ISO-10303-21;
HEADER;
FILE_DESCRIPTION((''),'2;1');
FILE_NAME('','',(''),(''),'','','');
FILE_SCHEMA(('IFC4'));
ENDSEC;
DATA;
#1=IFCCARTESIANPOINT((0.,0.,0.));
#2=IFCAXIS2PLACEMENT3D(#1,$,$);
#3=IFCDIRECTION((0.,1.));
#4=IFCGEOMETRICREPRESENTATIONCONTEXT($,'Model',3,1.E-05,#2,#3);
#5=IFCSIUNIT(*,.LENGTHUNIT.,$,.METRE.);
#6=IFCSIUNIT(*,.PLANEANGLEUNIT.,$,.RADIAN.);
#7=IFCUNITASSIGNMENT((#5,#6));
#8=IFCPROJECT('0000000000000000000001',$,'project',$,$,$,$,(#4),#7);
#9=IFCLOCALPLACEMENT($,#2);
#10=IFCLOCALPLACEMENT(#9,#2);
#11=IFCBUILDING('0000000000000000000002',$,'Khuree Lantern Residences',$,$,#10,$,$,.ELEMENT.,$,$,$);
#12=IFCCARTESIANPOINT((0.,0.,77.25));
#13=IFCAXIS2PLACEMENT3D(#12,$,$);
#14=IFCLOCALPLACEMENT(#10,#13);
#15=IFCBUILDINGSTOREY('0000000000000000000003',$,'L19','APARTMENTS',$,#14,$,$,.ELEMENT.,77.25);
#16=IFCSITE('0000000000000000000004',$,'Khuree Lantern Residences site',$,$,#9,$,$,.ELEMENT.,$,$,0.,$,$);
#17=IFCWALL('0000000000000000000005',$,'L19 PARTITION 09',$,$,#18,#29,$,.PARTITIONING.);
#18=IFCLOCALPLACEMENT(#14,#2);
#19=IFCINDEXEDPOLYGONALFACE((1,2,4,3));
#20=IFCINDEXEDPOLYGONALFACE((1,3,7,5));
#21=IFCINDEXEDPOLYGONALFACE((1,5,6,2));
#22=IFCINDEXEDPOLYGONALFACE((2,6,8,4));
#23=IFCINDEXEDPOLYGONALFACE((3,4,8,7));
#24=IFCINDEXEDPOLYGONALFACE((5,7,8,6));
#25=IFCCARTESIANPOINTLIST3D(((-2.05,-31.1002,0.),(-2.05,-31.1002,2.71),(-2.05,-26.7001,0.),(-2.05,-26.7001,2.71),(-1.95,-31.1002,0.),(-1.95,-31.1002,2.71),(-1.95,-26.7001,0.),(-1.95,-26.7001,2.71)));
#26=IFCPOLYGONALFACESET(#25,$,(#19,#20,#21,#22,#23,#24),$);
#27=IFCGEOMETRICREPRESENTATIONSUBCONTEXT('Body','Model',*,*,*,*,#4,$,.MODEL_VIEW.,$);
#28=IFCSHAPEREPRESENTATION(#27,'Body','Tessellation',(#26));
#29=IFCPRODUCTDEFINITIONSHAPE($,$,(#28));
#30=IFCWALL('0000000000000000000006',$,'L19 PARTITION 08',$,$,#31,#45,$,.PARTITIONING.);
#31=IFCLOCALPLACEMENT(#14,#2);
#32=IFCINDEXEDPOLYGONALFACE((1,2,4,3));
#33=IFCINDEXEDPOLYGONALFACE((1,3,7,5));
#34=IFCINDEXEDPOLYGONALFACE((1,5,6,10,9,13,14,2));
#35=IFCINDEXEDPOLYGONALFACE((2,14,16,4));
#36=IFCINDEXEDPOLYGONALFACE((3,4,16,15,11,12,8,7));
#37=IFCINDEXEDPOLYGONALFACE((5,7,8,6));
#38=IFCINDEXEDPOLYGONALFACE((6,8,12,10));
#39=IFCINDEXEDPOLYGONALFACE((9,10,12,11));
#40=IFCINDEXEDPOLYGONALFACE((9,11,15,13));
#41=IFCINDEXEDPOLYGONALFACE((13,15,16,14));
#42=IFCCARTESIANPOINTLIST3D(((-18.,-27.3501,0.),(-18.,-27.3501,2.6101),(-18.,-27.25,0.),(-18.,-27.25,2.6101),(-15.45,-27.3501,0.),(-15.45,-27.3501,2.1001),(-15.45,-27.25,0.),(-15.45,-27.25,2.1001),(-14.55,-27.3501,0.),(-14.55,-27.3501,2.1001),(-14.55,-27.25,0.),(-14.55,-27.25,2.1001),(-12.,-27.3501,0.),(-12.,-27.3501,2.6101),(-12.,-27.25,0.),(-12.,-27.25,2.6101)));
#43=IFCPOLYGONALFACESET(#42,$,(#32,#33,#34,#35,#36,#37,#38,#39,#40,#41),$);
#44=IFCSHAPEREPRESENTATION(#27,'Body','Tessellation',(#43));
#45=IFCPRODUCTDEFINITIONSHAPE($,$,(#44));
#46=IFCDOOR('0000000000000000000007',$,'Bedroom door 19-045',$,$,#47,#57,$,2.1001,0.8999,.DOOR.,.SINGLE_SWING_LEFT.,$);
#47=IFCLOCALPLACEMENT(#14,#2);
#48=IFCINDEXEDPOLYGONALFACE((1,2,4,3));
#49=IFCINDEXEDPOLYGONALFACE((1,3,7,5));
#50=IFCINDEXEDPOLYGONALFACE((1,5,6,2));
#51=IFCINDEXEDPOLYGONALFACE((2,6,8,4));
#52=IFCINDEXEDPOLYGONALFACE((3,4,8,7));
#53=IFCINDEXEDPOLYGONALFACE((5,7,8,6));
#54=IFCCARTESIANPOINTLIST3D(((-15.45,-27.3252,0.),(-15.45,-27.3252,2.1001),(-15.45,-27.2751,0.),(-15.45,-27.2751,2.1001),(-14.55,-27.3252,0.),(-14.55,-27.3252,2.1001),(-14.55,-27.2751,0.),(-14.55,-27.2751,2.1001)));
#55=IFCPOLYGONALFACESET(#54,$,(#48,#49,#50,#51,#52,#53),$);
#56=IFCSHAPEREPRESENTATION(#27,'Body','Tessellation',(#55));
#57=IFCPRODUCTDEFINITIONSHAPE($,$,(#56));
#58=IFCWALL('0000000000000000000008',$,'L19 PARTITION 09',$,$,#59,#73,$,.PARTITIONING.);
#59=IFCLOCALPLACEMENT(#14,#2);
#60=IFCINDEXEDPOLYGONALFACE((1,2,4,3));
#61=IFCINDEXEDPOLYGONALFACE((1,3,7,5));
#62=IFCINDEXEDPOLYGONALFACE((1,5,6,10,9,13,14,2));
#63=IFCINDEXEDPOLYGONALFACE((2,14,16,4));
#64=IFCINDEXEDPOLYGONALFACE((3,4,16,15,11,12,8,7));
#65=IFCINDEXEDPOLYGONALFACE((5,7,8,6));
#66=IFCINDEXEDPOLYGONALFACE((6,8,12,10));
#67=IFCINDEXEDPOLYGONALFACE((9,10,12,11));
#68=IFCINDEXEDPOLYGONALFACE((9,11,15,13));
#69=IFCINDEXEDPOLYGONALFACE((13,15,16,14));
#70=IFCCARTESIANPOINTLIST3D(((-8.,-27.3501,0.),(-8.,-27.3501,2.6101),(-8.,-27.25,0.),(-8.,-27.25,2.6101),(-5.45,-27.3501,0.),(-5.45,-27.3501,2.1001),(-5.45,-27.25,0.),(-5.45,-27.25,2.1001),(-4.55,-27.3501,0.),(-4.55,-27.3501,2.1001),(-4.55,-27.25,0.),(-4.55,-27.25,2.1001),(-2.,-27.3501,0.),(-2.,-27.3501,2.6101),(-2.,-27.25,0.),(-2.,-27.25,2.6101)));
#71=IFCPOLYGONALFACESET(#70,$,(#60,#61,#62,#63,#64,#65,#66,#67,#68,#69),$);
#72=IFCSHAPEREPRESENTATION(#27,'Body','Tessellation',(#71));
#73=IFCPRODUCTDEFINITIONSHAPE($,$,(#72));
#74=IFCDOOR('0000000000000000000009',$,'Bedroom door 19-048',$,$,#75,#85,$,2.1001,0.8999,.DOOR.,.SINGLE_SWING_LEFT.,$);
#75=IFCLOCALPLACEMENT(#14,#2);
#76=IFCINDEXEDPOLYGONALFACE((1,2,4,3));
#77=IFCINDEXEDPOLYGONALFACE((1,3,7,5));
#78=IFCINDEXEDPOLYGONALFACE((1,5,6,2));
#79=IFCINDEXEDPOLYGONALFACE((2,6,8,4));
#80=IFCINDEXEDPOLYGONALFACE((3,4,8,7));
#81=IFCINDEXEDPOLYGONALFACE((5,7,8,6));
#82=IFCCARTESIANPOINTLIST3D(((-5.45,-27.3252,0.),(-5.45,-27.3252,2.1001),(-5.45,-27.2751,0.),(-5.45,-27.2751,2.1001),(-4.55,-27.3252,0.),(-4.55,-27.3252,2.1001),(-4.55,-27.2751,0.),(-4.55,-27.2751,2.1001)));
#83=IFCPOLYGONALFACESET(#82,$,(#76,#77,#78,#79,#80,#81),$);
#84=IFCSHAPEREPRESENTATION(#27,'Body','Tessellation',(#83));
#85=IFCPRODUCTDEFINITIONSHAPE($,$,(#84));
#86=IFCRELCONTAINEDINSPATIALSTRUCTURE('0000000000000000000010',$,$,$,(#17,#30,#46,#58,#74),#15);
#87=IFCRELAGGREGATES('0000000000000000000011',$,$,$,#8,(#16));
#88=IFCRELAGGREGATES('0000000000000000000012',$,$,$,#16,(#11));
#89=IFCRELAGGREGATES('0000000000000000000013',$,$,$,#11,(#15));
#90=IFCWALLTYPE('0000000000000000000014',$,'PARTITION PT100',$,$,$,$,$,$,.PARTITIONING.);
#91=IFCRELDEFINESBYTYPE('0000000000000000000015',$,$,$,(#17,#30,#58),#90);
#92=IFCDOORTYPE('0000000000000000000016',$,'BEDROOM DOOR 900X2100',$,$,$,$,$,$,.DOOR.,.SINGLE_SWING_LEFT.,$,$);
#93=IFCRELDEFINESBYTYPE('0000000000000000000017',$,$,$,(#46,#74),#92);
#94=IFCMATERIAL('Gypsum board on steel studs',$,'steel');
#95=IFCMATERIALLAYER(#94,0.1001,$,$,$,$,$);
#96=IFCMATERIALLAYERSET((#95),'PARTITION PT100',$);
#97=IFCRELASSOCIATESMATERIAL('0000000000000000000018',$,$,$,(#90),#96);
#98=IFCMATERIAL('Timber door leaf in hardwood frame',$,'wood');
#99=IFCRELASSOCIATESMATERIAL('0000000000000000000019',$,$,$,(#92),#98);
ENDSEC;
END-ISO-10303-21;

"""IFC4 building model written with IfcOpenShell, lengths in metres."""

from ifc_helpers import new_model, si_unit, direction, frame, frame_2d, origin, place, context, subcontext, project, spatial, rectangle, extrude, material, layer, layer_set, type_object, element, fill, save


model = new_model("IFC4")

# Units and contexts
model_context = context("Model", 3, precision=1e-05, world=origin(), true_north=direction((0.0, 1.0)))
body_context = subcontext(model_context, "Body", "Model", "MODEL_VIEW")
ifc_project = project(units=[si_unit("LENGTHUNIT", "METRE"), si_unit("PLANEANGLEUNIT", "RADIAN")], contexts=[model_context])

# Site, building, storey
site_placement = place(None, origin())
site = spatial("IfcSite", under=ifc_project, at=site_placement, Name="Khuree Lantern Residences site", CompositionType="ELEMENT", RefElevation=0.0)
building_placement = place(site_placement, origin())
building = spatial("IfcBuilding", under=site, at=building_placement, Name="Khuree Lantern Residences", CompositionType="ELEMENT")
storey_placement = place(building_placement, frame((0.0, 0.0, 77.25)))
storey = spatial("IfcBuildingStorey", under=building, at=storey_placement, Name="L19", Description="APARTMENTS", CompositionType="ELEMENT", Elevation=77.25)

# Shared definitions
ifc_material_1 = material(Name="Timber door leaf in hardwood frame", Category="wood")

# Shared definitions
ifc_material_2 = material(Name="Gypsum board on steel studs", Category="steel")

# Wall
ifc_layer_1 = layer(ifc_material_2, 0.1001)
ifc_layer_set_1 = layer_set([ifc_layer_1], Name="PARTITION PT100")
wall_type_1 = type_object("IfcWallType", Name="PARTITION PT100", PredefinedType="PARTITIONING", material=ifc_layer_set_1)
for number, where, z_axis, x_axis, name in (
    (1, (-2.0, -26.7, 0.0), (0.0, 0.0, 1.0), (0.0, -1.0, 0.0), "L19 PARTITION 09"),
):
    element("IfcWall", number, at=place(storey_placement, frame(where, z_axis=z_axis, x_axis=x_axis)), inside=storey, type_object=wall_type_1, Name=name, PredefinedType="PARTITIONING", context=body_context, shape_type="SweptSolid", body=[
        extrude(rectangle(XDim=4.4001, YDim=0.1001, at=frame_2d((2.2002, 0.0))), origin(), (0.0, 0.0, 1.0), 2.71),
    ])

# Walls, openings, doors
wall_1_placement = place(storey_placement, frame((-18.0, -27.3, 0.0), z_axis=(0.0, 0.0, 1.0), x_axis=(1.0, 0.0, 0.0)))
wall_1 = element("IfcWall", 2, at=wall_1_placement, inside=storey, type_object=wall_type_1, Name="L19 PARTITION 08", PredefinedType="PARTITIONING", context=body_context, shape_type="SweptSolid", body=[
    extrude(rectangle(XDim=6.0, YDim=0.1001, at=frame_2d((3.0, 0.0))), origin(), (0.0, 0.0, 1.0), 2.6101),
])
opening_1_placement = place(wall_1_placement, frame((2.55, 0.0, 0.0)))
opening_1 = element("IfcOpeningElement", 3, at=opening_1_placement, cuts=wall_1, PredefinedType="OPENING", context=body_context, shape_type="SweptSolid", body=[
    extrude(rectangle(XDim=0.8999, YDim=2.1001, at=frame_2d((0.45, 1.05))), frame((0.0, 0.0601, 0.0), z_axis=(0.0, -1.0, 0.0), x_axis=(1.0, 0.0, 0.0)), (0.0, 0.0, 1.0), 0.1201),
])
door_type_1 = type_object("IfcDoorType", Name="BEDROOM DOOR 900X2100", OperationType="SINGLE_SWING_LEFT", PredefinedType="DOOR", material=ifc_material_1)
door_1_placement = place(opening_1_placement, origin())
door_1 = element("IfcDoor", 4, at=door_1_placement, inside=storey, type_object=door_type_1, Name="Bedroom door 19-045", OperationType="SINGLE_SWING_LEFT", OverallHeight=2.1001, OverallWidth=0.8999, PredefinedType="DOOR", context=body_context, shape_type="SweptSolid", body=[
    extrude(rectangle(XDim=0.8999, YDim=2.1001, at=frame_2d((0.45, 1.05))), frame((0.0, 0.0249, 0.0), z_axis=(0.0, -1.0, 0.0), x_axis=(1.0, 0.0, 0.0)), (0.0, 0.0, 1.0), 0.05),
])
fill(opening_1, door_1)
wall_2_placement = place(storey_placement, frame((-8.0, -27.3, 0.0), z_axis=(0.0, 0.0, 1.0), x_axis=(1.0, 0.0, 0.0)))
wall_2 = element("IfcWall", 5, at=wall_2_placement, inside=storey, type_object=wall_type_1, Name="L19 PARTITION 09", PredefinedType="PARTITIONING", context=body_context, shape_type="SweptSolid", body=[
    extrude(rectangle(XDim=6.0, YDim=0.1001, at=frame_2d((3.0, 0.0))), origin(), (0.0, 0.0, 1.0), 2.6101),
])
opening_2_placement = place(wall_2_placement, frame((2.55, 0.0, 0.0)))
opening_2 = element("IfcOpeningElement", 6, at=opening_2_placement, cuts=wall_2, PredefinedType="OPENING", context=body_context, shape_type="SweptSolid", body=[
    extrude(rectangle(XDim=0.8999, YDim=2.1001, at=frame_2d((0.45, 1.05))), frame((0.0, 0.0601, 0.0), z_axis=(0.0, -1.0, 0.0), x_axis=(1.0, 0.0, 0.0)), (0.0, 0.0, 1.0), 0.1201),
])
door_2_placement = place(opening_2_placement, origin())
door_2 = element("IfcDoor", 7, at=door_2_placement, inside=storey, type_object=door_type_1, Name="Bedroom door 19-048", OperationType="SINGLE_SWING_LEFT", OverallHeight=2.1001, OverallWidth=0.8999, PredefinedType="DOOR", context=body_context, shape_type="SweptSolid", body=[
    extrude(rectangle(XDim=0.8999, YDim=2.1001, at=frame_2d((0.45, 1.05))), frame((0.0, 0.0249, 0.0), z_axis=(0.0, -1.0, 0.0), x_axis=(1.0, 0.0, 0.0)), (0.0, 0.0, 1.0), 0.05),
])
fill(opening_2, door_2)

save(model, "model.ifc")
